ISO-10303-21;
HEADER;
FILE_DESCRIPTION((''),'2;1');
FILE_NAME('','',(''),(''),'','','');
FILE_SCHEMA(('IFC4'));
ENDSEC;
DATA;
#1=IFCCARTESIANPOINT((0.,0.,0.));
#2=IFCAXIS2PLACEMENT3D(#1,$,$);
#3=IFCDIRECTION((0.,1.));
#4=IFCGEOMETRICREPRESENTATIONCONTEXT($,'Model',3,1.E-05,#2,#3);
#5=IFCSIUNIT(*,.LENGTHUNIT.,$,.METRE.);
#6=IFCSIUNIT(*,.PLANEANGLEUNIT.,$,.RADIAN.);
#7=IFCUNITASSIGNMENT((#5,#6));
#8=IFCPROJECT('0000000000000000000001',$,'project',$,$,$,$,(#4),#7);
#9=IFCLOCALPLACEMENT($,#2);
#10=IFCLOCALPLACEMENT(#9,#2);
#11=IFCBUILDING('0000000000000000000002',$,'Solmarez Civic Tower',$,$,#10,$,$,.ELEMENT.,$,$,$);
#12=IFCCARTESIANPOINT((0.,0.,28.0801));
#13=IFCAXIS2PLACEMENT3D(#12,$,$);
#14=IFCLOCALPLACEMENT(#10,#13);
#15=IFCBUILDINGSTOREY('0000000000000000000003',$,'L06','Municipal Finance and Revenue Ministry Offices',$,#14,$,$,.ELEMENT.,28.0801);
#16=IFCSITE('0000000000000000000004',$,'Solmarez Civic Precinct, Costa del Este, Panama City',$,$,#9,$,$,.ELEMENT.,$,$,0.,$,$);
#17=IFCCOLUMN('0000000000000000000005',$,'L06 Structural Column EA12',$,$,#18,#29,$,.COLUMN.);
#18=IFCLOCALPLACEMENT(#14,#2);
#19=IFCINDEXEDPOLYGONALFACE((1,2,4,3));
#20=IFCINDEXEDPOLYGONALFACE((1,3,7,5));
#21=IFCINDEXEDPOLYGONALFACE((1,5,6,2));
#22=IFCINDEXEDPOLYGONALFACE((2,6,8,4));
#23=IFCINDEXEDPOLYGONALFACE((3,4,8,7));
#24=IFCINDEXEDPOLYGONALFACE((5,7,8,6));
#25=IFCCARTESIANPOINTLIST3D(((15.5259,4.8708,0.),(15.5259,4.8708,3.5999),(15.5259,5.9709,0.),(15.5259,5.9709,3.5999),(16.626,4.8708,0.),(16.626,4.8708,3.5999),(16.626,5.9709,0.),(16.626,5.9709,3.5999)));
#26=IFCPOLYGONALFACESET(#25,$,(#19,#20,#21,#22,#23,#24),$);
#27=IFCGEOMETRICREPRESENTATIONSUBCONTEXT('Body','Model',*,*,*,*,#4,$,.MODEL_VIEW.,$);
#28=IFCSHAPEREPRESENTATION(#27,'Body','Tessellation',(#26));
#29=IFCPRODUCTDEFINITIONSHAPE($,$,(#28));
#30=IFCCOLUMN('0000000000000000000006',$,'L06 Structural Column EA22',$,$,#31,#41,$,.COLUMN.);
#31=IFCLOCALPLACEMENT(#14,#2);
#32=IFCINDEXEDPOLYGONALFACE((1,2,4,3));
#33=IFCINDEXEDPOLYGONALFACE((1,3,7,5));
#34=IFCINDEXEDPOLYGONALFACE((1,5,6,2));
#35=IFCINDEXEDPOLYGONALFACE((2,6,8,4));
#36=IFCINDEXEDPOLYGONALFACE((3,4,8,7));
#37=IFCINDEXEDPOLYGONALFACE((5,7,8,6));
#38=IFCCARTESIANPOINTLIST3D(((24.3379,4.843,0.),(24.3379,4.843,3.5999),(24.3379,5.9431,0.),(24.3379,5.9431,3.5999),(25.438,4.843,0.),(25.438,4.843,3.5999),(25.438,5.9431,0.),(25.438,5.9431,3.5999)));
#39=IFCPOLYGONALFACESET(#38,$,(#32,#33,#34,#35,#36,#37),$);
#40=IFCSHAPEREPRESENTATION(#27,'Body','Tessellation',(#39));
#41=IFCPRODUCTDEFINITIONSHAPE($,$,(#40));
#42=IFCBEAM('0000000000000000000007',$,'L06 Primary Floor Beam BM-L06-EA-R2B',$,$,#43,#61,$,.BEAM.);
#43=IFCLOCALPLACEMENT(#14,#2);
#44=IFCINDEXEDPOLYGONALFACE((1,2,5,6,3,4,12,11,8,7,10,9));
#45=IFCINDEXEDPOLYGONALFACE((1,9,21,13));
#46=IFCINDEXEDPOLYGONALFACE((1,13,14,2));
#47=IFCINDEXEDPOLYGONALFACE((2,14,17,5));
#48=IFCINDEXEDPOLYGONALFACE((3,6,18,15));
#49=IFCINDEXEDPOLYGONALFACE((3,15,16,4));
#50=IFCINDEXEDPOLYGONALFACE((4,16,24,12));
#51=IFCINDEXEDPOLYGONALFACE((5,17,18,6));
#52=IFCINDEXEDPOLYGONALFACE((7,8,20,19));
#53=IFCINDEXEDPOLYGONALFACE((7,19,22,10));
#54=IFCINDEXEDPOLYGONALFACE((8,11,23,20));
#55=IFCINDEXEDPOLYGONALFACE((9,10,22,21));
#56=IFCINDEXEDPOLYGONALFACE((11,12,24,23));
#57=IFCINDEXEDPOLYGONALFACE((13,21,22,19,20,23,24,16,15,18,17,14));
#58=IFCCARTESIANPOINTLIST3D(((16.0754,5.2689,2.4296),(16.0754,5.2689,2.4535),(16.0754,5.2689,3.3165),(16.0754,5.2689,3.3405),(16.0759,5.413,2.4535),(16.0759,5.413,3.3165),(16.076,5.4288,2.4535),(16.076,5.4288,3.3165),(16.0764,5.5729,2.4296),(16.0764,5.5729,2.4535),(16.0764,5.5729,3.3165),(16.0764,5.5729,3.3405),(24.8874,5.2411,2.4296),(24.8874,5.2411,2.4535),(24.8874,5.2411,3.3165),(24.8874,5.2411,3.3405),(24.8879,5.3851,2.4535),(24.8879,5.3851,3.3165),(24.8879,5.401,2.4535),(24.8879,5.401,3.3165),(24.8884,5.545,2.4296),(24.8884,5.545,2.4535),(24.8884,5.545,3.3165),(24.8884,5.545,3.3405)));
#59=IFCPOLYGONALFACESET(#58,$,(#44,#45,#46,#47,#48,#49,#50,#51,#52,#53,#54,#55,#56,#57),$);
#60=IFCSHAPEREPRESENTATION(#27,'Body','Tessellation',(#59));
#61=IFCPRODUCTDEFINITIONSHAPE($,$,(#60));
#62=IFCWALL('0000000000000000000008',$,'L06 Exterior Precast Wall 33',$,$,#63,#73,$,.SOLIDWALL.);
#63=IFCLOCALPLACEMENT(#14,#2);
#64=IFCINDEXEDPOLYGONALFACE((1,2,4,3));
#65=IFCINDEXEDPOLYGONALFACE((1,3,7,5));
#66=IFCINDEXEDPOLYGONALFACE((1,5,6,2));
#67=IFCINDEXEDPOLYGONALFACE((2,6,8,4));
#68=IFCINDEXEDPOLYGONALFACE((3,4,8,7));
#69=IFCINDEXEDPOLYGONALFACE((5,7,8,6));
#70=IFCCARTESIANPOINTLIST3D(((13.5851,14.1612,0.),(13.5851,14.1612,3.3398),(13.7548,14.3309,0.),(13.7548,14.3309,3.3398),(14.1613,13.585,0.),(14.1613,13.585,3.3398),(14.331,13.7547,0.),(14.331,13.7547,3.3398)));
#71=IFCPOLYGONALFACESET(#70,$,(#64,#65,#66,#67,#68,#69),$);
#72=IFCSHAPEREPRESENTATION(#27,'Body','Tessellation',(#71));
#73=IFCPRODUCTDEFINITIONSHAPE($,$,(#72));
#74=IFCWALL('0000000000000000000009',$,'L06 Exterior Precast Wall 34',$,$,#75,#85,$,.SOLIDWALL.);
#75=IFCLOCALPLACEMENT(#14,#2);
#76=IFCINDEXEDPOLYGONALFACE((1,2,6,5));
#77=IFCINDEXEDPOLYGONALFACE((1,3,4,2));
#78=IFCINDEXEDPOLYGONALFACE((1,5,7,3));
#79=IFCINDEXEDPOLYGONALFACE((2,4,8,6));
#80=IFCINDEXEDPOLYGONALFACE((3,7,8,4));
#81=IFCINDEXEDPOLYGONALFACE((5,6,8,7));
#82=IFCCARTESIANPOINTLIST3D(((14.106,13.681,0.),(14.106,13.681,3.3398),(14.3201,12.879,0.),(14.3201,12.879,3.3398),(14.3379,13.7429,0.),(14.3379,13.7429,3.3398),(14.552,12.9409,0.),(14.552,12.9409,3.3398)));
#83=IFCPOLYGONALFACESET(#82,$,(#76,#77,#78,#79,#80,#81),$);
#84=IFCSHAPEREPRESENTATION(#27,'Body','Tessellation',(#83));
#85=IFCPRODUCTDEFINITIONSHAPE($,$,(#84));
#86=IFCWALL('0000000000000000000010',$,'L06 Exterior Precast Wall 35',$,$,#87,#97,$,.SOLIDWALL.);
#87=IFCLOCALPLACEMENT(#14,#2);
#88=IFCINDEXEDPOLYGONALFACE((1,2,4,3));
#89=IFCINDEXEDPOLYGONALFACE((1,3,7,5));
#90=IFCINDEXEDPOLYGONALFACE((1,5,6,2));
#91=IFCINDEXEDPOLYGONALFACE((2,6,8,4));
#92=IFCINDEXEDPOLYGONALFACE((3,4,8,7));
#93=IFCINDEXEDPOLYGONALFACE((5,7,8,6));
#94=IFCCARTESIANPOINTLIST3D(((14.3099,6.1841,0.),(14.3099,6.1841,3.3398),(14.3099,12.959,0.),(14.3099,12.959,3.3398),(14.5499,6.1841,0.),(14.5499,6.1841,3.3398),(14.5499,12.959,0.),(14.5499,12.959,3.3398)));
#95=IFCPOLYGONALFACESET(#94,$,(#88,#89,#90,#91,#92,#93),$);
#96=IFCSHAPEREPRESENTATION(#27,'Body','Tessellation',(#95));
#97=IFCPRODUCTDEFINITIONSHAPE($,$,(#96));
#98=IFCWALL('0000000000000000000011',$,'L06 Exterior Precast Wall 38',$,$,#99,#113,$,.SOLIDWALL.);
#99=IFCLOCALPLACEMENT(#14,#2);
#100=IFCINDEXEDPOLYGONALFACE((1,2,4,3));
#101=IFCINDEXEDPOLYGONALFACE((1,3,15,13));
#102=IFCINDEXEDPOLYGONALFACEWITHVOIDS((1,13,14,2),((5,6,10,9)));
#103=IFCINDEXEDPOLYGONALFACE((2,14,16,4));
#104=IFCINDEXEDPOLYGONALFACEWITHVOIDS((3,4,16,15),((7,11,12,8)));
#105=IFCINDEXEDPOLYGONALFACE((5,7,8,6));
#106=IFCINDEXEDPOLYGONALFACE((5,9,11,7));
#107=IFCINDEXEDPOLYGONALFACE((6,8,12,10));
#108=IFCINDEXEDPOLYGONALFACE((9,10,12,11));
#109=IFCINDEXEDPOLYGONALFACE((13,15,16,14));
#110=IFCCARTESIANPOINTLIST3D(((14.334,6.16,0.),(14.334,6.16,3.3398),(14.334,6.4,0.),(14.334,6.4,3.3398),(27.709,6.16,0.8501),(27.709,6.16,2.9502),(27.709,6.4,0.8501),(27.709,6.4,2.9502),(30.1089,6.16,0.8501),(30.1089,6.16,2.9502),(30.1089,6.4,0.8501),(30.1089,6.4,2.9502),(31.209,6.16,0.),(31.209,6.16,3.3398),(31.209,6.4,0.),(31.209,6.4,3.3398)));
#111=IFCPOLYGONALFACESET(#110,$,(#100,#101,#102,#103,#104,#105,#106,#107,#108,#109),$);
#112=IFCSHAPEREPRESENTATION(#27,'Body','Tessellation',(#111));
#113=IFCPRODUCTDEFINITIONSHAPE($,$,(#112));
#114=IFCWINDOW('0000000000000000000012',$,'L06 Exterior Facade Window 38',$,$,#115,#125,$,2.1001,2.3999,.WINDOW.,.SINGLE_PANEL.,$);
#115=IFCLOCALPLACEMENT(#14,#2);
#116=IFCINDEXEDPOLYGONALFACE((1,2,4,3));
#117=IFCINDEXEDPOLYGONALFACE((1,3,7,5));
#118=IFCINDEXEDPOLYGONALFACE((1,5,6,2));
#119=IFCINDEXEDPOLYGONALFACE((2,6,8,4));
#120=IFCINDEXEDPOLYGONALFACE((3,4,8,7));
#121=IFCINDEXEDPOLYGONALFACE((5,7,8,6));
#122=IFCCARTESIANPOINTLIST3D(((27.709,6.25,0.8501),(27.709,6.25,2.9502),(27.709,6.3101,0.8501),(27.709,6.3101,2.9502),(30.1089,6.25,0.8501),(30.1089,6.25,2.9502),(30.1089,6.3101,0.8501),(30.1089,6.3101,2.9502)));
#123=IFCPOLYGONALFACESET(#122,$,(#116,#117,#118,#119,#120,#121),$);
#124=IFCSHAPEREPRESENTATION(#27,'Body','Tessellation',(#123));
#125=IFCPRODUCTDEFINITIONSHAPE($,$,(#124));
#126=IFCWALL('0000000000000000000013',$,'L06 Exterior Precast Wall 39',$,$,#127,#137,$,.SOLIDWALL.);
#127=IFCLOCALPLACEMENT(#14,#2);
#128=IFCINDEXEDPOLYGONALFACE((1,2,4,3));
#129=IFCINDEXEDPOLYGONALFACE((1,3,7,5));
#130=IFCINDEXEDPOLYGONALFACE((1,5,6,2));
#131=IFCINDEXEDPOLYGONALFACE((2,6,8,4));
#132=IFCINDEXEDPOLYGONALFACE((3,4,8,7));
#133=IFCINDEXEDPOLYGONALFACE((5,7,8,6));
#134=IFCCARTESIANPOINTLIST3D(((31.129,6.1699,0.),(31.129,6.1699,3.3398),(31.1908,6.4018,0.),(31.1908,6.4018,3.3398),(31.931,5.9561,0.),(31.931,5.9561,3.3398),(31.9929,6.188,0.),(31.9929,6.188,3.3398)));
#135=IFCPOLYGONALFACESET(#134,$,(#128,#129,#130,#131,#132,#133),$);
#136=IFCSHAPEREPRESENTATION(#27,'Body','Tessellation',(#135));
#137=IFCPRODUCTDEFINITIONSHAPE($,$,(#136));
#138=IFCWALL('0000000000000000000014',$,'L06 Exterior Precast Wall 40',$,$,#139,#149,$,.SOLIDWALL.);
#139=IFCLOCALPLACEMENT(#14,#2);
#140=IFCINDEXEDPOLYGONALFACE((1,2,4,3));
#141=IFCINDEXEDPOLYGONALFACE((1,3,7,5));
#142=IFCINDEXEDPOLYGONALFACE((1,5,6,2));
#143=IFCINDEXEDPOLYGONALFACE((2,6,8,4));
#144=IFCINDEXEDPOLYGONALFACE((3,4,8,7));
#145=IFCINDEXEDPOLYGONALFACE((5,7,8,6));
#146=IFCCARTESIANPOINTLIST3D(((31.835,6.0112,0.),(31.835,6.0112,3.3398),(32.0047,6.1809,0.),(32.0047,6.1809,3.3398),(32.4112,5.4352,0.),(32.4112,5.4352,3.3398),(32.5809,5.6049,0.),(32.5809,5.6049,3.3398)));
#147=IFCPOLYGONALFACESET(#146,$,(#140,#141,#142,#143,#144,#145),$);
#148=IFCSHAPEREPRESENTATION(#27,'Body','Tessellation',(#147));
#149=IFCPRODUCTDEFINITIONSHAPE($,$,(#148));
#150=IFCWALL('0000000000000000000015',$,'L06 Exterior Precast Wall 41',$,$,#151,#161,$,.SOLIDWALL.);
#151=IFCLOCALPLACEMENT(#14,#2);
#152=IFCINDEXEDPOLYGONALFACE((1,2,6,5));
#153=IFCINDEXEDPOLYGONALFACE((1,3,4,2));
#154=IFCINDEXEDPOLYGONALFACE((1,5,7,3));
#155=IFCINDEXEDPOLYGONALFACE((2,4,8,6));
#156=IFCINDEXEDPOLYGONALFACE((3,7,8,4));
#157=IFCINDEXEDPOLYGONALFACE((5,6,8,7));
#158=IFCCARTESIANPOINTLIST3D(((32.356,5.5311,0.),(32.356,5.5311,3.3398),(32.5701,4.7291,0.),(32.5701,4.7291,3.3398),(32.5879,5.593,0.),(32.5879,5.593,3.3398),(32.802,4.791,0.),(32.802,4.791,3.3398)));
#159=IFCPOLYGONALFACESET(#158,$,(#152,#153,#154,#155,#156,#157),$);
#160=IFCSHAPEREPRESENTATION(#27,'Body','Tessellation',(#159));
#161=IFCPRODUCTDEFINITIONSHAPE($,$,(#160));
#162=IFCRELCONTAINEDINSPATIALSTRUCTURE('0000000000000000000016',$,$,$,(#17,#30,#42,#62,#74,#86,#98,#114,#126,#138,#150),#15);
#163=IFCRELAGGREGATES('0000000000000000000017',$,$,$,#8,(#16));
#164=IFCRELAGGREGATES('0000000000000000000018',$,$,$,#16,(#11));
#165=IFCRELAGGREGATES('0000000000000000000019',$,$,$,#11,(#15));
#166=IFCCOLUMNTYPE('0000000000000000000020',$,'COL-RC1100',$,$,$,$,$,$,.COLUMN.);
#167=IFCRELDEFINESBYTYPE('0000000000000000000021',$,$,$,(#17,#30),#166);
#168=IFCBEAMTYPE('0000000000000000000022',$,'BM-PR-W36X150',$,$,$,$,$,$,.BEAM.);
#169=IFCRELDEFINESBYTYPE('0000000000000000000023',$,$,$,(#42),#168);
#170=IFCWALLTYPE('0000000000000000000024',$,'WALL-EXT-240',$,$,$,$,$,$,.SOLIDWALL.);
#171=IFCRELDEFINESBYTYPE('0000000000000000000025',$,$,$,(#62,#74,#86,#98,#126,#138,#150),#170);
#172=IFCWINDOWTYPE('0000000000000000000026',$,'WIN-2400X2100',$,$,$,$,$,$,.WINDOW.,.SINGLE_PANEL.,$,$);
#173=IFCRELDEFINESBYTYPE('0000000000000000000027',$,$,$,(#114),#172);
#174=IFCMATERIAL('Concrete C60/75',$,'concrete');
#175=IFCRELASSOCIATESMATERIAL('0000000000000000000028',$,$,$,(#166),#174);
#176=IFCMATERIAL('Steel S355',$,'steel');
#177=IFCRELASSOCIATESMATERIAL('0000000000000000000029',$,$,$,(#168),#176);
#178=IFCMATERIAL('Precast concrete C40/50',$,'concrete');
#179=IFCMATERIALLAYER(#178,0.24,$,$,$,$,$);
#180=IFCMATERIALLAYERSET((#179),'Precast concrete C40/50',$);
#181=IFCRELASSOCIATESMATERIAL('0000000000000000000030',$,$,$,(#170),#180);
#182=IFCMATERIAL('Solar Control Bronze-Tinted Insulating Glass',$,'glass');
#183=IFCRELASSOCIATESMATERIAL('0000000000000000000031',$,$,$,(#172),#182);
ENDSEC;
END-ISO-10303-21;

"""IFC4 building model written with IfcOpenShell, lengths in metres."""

from ifc_helpers import new_model, si_unit, direction, frame, frame_2d, origin, origin_2d, place, context, subcontext, project, spatial, rectangle, i_section, extrude, material, layer, layer_set, material_profile, profile_set, type_object, element, fill, save


model = new_model("IFC4")

# Units and contexts
model_context = context("Model", 3, precision=1e-05, world=origin(), true_north=direction((0.0, 1.0)))
body_context = subcontext(model_context, "Body", "Model", "MODEL_VIEW")
ifc_project = project(units=[si_unit("LENGTHUNIT", "METRE"), si_unit("PLANEANGLEUNIT", "RADIAN")], contexts=[model_context])

# Site, building, storey
site_placement = place(None, origin())
site = spatial("IfcSite", under=ifc_project, at=site_placement, Name="Solmarez Civic Precinct, Costa del Este, Panama City", CompositionType="ELEMENT", RefElevation=0.0)
building_placement = place(site_placement, origin())
building = spatial("IfcBuilding", under=site, at=building_placement, Name="Solmarez Civic Tower", CompositionType="ELEMENT")
storey_placement = place(building_placement, frame((0.0, 0.0, 28.0801)))
storey = spatial("IfcBuildingStorey", under=building, at=storey_placement, Name="L06", Description="Municipal Finance and Revenue Ministry Offices", CompositionType="ELEMENT", Elevation=28.0801)

# Columns
ifc_material_1 = material(Name="Concrete C60/75", Category="concrete")
ifc_material_profile_1 = material_profile(ifc_material_1, rectangle(XDim=1.1001, YDim=1.1001, at=origin_2d()), Name="RC1100X1100")
ifc_profile_set_1 = profile_set([ifc_material_profile_1], Name="Concrete C60/75")
column_type = type_object("IfcColumnType", Name="COL-RC1100", PredefinedType="COLUMN", material=ifc_profile_set_1)
for number, where, z_axis, x_axis, name in (
    (1, (16.0759, 5.4209, 0.0), (0.0, 0.0, 1.0), (1.0, 0.0, 0.0), "L06 Structural Column EA12"),
    (2, (24.8879, 5.3931, 0.0), (0.0, 0.0, 1.0), (1.0, 0.0, 0.0), "L06 Structural Column EA22"),
):
    element("IfcColumn", number, at=place(storey_placement, frame(where, z_axis=z_axis, x_axis=x_axis)), inside=storey, type_object=column_type, Name=name, PredefinedType="COLUMN", context=body_context, shape_type="SweptSolid", body=[
        extrude(rectangle(XDim=1.1001, YDim=1.1001, at=origin_2d()), origin(), (0.0, 0.0, 1.0), 3.5999),
    ])

# Beam
ifc_material_2 = material(Name="Steel S355", Category="steel")
ifc_material_profile_2 = material_profile(ifc_material_2, i_section(OverallWidth=0.304, OverallDepth=0.9109, WebThickness=0.0159, FlangeThickness=0.0239, at=origin_2d()), Name="W36X150")
ifc_profile_set_2 = profile_set([ifc_material_profile_2], Name="Steel S355")
beam_type = type_object("IfcBeamType", Name="BM-PR-W36X150", PredefinedType="BEAM", material=ifc_profile_set_2)
beam_placement = place(storey_placement, frame((16.0759, 5.4209, 2.885), z_axis=(0.999995, -0.003158, 0.0), x_axis=(0.003158, 0.999995, 0.0)))
element("IfcBeam", 3, at=beam_placement, inside=storey, type_object=beam_type, Name="L06 Primary Floor Beam BM-L06-EA-R2B", PredefinedType="BEAM", context=body_context, shape_type="SweptSolid", body=[
    extrude(i_section(OverallWidth=0.304, OverallDepth=0.9109, WebThickness=0.0159, FlangeThickness=0.0239, at=origin_2d()), origin(), (0.0, 0.0, 1.0), 8.812),
])

# Walls
ifc_material_3 = material(Name="Precast concrete C40/50", Category="concrete")
ifc_layer_1 = layer(ifc_material_3, 0.24)
ifc_layer_set_1 = layer_set([ifc_layer_1], Name="Precast concrete C40/50")
wall_type_1 = type_object("IfcWallType", Name="WALL-EXT-240", PredefinedType="SOLIDWALL", material=ifc_layer_set_1)
wall_1_placement = place(storey_placement, frame((13.6699, 14.2461, 0.0), z_axis=(0.0, 0.0, 1.0), x_axis=(0.707107, -0.707107, 0.0)))
element("IfcWall", 4, at=wall_1_placement, inside=storey, type_object=wall_type_1, Name="L06 Exterior Precast Wall 33", PredefinedType="SOLIDWALL", context=body_context, shape_type="SweptSolid", body=[
    extrude(rectangle(XDim=0.8149, YDim=0.24, at=frame_2d((0.4075, 0.0))), origin(), (0.0, 0.0, 1.0), 3.3398),
])
wall_2_placement = place(storey_placement, frame((14.2219, 13.7119, 0.0), z_axis=(0.0, 0.0, 1.0), x_axis=(0.257937, -0.966162, 0.0)))
element("IfcWall", 5, at=wall_2_placement, inside=storey, type_object=wall_type_1, Name="L06 Exterior Precast Wall 34", PredefinedType="SOLIDWALL", context=body_context, shape_type="SweptSolid", body=[
    extrude(rectangle(XDim=0.8301, YDim=0.24, at=frame_2d((0.415, 0.0))), origin(), (0.0, 0.0, 1.0), 3.3398),
])
wall_3_placement = place(storey_placement, frame((14.4299, 12.959, 0.0), z_axis=(0.0, 0.0, 1.0), x_axis=(0.0, -1.0, 0.0)))
element("IfcWall", 6, at=wall_3_placement, inside=storey, type_object=wall_type_1, Name="L06 Exterior Precast Wall 35", PredefinedType="SOLIDWALL", context=body_context, shape_type="SweptSolid", body=[
    extrude(rectangle(XDim=6.7749, YDim=0.24, at=frame_2d((3.3875, 0.0))), origin(), (0.0, 0.0, 1.0), 3.3398),
])

# Wall, opening, window
wall_4_placement = place(storey_placement, frame((14.334, 6.28, 0.0), z_axis=(0.0, 0.0, 1.0), x_axis=(1.0, 0.0, 0.0)))
wall_4 = element("IfcWall", 7, at=wall_4_placement, inside=storey, type_object=wall_type_1, Name="L06 Exterior Precast Wall 38", PredefinedType="SOLIDWALL", context=body_context, shape_type="SweptSolid", body=[
    extrude(rectangle(XDim=16.875, YDim=0.24, at=frame_2d((8.4375, 0.0))), origin(), (0.0, 0.0, 1.0), 3.3398),
])
opening_1_placement = place(wall_4_placement, frame((13.375, 0.0, 0.8501)))
opening_1 = element("IfcOpeningElement", 8, at=opening_1_placement, cuts=wall_4, PredefinedType="OPENING", context=body_context, shape_type="SweptSolid", body=[
    extrude(rectangle(XDim=2.3999, YDim=2.1001, at=frame_2d((1.2, 1.05))), frame((0.0, 0.1299, 0.0), z_axis=(0.0, -1.0, 0.0), x_axis=(1.0, 0.0, 0.0)), (0.0, 0.0, 1.0), 0.26),
])
ifc_material_4 = material(Name="Solar Control Bronze-Tinted Insulating Glass", Category="glass")
window_type_1 = type_object("IfcWindowType", Name="WIN-2400X2100", PartitioningType="SINGLE_PANEL", PredefinedType="WINDOW", material=ifc_material_4)
window_1_placement = place(opening_1_placement, origin())
window_1 = element("IfcWindow", 9, at=window_1_placement, inside=storey, type_object=window_type_1, Name="L06 Exterior Facade Window 38", OverallHeight=2.1001, OverallWidth=2.3999, PartitioningType="SINGLE_PANEL", PredefinedType="WINDOW", context=body_context, shape_type="SweptSolid", body=[
    extrude(rectangle(XDim=2.3999, YDim=2.1001, at=frame_2d((1.2, 1.05))), frame((0.0, 0.03, 0.0), z_axis=(0.0, -1.0, 0.0), x_axis=(1.0, 0.0, 0.0)), (0.0, 0.0, 1.0), 0.0601),
])
fill(opening_1, window_1)

# Walls
wall_5_placement = place(storey_placement, frame((31.1599, 6.2859, 0.0), z_axis=(0.0, 0.0, 1.0), x_axis=(0.966235, -0.257663, 0.0)))
element("IfcWall", 10, at=wall_5_placement, inside=storey, type_object=wall_type_1, Name="L06 Exterior Precast Wall 39", PredefinedType="SOLIDWALL", context=body_context, shape_type="SweptSolid", body=[
    extrude(rectangle(XDim=0.8301, YDim=0.24, at=frame_2d((0.415, 0.0))), origin(), (0.0, 0.0, 1.0), 3.3398),
])
wall_6_placement = place(storey_placement, frame((31.9199, 6.0959, 0.0), z_axis=(0.0, 0.0, 1.0), x_axis=(0.707257, -0.706957, 0.0)))
element("IfcWall", 11, at=wall_6_placement, inside=storey, type_object=wall_type_1, Name="L06 Exterior Precast Wall 40", PredefinedType="SOLIDWALL", context=body_context, shape_type="SweptSolid", body=[
    extrude(rectangle(XDim=0.8147, YDim=0.24, at=frame_2d((0.4072, 0.0))), origin(), (0.0, 0.0, 1.0), 3.3398),
])
wall_7_placement = place(storey_placement, frame((32.4719, 5.562, 0.0), z_axis=(0.0, 0.0, 1.0), x_axis=(0.257937, -0.966162, 0.0)))
element("IfcWall", 12, at=wall_7_placement, inside=storey, type_object=wall_type_1, Name="L06 Exterior Precast Wall 41", PredefinedType="SOLIDWALL", context=body_context, shape_type="SweptSolid", body=[
    extrude(rectangle(XDim=0.8301, YDim=0.24, at=frame_2d((0.415, 0.0))), origin(), (0.0, 0.0, 1.0), 3.3398),
])

save(model, "model.ifc")
